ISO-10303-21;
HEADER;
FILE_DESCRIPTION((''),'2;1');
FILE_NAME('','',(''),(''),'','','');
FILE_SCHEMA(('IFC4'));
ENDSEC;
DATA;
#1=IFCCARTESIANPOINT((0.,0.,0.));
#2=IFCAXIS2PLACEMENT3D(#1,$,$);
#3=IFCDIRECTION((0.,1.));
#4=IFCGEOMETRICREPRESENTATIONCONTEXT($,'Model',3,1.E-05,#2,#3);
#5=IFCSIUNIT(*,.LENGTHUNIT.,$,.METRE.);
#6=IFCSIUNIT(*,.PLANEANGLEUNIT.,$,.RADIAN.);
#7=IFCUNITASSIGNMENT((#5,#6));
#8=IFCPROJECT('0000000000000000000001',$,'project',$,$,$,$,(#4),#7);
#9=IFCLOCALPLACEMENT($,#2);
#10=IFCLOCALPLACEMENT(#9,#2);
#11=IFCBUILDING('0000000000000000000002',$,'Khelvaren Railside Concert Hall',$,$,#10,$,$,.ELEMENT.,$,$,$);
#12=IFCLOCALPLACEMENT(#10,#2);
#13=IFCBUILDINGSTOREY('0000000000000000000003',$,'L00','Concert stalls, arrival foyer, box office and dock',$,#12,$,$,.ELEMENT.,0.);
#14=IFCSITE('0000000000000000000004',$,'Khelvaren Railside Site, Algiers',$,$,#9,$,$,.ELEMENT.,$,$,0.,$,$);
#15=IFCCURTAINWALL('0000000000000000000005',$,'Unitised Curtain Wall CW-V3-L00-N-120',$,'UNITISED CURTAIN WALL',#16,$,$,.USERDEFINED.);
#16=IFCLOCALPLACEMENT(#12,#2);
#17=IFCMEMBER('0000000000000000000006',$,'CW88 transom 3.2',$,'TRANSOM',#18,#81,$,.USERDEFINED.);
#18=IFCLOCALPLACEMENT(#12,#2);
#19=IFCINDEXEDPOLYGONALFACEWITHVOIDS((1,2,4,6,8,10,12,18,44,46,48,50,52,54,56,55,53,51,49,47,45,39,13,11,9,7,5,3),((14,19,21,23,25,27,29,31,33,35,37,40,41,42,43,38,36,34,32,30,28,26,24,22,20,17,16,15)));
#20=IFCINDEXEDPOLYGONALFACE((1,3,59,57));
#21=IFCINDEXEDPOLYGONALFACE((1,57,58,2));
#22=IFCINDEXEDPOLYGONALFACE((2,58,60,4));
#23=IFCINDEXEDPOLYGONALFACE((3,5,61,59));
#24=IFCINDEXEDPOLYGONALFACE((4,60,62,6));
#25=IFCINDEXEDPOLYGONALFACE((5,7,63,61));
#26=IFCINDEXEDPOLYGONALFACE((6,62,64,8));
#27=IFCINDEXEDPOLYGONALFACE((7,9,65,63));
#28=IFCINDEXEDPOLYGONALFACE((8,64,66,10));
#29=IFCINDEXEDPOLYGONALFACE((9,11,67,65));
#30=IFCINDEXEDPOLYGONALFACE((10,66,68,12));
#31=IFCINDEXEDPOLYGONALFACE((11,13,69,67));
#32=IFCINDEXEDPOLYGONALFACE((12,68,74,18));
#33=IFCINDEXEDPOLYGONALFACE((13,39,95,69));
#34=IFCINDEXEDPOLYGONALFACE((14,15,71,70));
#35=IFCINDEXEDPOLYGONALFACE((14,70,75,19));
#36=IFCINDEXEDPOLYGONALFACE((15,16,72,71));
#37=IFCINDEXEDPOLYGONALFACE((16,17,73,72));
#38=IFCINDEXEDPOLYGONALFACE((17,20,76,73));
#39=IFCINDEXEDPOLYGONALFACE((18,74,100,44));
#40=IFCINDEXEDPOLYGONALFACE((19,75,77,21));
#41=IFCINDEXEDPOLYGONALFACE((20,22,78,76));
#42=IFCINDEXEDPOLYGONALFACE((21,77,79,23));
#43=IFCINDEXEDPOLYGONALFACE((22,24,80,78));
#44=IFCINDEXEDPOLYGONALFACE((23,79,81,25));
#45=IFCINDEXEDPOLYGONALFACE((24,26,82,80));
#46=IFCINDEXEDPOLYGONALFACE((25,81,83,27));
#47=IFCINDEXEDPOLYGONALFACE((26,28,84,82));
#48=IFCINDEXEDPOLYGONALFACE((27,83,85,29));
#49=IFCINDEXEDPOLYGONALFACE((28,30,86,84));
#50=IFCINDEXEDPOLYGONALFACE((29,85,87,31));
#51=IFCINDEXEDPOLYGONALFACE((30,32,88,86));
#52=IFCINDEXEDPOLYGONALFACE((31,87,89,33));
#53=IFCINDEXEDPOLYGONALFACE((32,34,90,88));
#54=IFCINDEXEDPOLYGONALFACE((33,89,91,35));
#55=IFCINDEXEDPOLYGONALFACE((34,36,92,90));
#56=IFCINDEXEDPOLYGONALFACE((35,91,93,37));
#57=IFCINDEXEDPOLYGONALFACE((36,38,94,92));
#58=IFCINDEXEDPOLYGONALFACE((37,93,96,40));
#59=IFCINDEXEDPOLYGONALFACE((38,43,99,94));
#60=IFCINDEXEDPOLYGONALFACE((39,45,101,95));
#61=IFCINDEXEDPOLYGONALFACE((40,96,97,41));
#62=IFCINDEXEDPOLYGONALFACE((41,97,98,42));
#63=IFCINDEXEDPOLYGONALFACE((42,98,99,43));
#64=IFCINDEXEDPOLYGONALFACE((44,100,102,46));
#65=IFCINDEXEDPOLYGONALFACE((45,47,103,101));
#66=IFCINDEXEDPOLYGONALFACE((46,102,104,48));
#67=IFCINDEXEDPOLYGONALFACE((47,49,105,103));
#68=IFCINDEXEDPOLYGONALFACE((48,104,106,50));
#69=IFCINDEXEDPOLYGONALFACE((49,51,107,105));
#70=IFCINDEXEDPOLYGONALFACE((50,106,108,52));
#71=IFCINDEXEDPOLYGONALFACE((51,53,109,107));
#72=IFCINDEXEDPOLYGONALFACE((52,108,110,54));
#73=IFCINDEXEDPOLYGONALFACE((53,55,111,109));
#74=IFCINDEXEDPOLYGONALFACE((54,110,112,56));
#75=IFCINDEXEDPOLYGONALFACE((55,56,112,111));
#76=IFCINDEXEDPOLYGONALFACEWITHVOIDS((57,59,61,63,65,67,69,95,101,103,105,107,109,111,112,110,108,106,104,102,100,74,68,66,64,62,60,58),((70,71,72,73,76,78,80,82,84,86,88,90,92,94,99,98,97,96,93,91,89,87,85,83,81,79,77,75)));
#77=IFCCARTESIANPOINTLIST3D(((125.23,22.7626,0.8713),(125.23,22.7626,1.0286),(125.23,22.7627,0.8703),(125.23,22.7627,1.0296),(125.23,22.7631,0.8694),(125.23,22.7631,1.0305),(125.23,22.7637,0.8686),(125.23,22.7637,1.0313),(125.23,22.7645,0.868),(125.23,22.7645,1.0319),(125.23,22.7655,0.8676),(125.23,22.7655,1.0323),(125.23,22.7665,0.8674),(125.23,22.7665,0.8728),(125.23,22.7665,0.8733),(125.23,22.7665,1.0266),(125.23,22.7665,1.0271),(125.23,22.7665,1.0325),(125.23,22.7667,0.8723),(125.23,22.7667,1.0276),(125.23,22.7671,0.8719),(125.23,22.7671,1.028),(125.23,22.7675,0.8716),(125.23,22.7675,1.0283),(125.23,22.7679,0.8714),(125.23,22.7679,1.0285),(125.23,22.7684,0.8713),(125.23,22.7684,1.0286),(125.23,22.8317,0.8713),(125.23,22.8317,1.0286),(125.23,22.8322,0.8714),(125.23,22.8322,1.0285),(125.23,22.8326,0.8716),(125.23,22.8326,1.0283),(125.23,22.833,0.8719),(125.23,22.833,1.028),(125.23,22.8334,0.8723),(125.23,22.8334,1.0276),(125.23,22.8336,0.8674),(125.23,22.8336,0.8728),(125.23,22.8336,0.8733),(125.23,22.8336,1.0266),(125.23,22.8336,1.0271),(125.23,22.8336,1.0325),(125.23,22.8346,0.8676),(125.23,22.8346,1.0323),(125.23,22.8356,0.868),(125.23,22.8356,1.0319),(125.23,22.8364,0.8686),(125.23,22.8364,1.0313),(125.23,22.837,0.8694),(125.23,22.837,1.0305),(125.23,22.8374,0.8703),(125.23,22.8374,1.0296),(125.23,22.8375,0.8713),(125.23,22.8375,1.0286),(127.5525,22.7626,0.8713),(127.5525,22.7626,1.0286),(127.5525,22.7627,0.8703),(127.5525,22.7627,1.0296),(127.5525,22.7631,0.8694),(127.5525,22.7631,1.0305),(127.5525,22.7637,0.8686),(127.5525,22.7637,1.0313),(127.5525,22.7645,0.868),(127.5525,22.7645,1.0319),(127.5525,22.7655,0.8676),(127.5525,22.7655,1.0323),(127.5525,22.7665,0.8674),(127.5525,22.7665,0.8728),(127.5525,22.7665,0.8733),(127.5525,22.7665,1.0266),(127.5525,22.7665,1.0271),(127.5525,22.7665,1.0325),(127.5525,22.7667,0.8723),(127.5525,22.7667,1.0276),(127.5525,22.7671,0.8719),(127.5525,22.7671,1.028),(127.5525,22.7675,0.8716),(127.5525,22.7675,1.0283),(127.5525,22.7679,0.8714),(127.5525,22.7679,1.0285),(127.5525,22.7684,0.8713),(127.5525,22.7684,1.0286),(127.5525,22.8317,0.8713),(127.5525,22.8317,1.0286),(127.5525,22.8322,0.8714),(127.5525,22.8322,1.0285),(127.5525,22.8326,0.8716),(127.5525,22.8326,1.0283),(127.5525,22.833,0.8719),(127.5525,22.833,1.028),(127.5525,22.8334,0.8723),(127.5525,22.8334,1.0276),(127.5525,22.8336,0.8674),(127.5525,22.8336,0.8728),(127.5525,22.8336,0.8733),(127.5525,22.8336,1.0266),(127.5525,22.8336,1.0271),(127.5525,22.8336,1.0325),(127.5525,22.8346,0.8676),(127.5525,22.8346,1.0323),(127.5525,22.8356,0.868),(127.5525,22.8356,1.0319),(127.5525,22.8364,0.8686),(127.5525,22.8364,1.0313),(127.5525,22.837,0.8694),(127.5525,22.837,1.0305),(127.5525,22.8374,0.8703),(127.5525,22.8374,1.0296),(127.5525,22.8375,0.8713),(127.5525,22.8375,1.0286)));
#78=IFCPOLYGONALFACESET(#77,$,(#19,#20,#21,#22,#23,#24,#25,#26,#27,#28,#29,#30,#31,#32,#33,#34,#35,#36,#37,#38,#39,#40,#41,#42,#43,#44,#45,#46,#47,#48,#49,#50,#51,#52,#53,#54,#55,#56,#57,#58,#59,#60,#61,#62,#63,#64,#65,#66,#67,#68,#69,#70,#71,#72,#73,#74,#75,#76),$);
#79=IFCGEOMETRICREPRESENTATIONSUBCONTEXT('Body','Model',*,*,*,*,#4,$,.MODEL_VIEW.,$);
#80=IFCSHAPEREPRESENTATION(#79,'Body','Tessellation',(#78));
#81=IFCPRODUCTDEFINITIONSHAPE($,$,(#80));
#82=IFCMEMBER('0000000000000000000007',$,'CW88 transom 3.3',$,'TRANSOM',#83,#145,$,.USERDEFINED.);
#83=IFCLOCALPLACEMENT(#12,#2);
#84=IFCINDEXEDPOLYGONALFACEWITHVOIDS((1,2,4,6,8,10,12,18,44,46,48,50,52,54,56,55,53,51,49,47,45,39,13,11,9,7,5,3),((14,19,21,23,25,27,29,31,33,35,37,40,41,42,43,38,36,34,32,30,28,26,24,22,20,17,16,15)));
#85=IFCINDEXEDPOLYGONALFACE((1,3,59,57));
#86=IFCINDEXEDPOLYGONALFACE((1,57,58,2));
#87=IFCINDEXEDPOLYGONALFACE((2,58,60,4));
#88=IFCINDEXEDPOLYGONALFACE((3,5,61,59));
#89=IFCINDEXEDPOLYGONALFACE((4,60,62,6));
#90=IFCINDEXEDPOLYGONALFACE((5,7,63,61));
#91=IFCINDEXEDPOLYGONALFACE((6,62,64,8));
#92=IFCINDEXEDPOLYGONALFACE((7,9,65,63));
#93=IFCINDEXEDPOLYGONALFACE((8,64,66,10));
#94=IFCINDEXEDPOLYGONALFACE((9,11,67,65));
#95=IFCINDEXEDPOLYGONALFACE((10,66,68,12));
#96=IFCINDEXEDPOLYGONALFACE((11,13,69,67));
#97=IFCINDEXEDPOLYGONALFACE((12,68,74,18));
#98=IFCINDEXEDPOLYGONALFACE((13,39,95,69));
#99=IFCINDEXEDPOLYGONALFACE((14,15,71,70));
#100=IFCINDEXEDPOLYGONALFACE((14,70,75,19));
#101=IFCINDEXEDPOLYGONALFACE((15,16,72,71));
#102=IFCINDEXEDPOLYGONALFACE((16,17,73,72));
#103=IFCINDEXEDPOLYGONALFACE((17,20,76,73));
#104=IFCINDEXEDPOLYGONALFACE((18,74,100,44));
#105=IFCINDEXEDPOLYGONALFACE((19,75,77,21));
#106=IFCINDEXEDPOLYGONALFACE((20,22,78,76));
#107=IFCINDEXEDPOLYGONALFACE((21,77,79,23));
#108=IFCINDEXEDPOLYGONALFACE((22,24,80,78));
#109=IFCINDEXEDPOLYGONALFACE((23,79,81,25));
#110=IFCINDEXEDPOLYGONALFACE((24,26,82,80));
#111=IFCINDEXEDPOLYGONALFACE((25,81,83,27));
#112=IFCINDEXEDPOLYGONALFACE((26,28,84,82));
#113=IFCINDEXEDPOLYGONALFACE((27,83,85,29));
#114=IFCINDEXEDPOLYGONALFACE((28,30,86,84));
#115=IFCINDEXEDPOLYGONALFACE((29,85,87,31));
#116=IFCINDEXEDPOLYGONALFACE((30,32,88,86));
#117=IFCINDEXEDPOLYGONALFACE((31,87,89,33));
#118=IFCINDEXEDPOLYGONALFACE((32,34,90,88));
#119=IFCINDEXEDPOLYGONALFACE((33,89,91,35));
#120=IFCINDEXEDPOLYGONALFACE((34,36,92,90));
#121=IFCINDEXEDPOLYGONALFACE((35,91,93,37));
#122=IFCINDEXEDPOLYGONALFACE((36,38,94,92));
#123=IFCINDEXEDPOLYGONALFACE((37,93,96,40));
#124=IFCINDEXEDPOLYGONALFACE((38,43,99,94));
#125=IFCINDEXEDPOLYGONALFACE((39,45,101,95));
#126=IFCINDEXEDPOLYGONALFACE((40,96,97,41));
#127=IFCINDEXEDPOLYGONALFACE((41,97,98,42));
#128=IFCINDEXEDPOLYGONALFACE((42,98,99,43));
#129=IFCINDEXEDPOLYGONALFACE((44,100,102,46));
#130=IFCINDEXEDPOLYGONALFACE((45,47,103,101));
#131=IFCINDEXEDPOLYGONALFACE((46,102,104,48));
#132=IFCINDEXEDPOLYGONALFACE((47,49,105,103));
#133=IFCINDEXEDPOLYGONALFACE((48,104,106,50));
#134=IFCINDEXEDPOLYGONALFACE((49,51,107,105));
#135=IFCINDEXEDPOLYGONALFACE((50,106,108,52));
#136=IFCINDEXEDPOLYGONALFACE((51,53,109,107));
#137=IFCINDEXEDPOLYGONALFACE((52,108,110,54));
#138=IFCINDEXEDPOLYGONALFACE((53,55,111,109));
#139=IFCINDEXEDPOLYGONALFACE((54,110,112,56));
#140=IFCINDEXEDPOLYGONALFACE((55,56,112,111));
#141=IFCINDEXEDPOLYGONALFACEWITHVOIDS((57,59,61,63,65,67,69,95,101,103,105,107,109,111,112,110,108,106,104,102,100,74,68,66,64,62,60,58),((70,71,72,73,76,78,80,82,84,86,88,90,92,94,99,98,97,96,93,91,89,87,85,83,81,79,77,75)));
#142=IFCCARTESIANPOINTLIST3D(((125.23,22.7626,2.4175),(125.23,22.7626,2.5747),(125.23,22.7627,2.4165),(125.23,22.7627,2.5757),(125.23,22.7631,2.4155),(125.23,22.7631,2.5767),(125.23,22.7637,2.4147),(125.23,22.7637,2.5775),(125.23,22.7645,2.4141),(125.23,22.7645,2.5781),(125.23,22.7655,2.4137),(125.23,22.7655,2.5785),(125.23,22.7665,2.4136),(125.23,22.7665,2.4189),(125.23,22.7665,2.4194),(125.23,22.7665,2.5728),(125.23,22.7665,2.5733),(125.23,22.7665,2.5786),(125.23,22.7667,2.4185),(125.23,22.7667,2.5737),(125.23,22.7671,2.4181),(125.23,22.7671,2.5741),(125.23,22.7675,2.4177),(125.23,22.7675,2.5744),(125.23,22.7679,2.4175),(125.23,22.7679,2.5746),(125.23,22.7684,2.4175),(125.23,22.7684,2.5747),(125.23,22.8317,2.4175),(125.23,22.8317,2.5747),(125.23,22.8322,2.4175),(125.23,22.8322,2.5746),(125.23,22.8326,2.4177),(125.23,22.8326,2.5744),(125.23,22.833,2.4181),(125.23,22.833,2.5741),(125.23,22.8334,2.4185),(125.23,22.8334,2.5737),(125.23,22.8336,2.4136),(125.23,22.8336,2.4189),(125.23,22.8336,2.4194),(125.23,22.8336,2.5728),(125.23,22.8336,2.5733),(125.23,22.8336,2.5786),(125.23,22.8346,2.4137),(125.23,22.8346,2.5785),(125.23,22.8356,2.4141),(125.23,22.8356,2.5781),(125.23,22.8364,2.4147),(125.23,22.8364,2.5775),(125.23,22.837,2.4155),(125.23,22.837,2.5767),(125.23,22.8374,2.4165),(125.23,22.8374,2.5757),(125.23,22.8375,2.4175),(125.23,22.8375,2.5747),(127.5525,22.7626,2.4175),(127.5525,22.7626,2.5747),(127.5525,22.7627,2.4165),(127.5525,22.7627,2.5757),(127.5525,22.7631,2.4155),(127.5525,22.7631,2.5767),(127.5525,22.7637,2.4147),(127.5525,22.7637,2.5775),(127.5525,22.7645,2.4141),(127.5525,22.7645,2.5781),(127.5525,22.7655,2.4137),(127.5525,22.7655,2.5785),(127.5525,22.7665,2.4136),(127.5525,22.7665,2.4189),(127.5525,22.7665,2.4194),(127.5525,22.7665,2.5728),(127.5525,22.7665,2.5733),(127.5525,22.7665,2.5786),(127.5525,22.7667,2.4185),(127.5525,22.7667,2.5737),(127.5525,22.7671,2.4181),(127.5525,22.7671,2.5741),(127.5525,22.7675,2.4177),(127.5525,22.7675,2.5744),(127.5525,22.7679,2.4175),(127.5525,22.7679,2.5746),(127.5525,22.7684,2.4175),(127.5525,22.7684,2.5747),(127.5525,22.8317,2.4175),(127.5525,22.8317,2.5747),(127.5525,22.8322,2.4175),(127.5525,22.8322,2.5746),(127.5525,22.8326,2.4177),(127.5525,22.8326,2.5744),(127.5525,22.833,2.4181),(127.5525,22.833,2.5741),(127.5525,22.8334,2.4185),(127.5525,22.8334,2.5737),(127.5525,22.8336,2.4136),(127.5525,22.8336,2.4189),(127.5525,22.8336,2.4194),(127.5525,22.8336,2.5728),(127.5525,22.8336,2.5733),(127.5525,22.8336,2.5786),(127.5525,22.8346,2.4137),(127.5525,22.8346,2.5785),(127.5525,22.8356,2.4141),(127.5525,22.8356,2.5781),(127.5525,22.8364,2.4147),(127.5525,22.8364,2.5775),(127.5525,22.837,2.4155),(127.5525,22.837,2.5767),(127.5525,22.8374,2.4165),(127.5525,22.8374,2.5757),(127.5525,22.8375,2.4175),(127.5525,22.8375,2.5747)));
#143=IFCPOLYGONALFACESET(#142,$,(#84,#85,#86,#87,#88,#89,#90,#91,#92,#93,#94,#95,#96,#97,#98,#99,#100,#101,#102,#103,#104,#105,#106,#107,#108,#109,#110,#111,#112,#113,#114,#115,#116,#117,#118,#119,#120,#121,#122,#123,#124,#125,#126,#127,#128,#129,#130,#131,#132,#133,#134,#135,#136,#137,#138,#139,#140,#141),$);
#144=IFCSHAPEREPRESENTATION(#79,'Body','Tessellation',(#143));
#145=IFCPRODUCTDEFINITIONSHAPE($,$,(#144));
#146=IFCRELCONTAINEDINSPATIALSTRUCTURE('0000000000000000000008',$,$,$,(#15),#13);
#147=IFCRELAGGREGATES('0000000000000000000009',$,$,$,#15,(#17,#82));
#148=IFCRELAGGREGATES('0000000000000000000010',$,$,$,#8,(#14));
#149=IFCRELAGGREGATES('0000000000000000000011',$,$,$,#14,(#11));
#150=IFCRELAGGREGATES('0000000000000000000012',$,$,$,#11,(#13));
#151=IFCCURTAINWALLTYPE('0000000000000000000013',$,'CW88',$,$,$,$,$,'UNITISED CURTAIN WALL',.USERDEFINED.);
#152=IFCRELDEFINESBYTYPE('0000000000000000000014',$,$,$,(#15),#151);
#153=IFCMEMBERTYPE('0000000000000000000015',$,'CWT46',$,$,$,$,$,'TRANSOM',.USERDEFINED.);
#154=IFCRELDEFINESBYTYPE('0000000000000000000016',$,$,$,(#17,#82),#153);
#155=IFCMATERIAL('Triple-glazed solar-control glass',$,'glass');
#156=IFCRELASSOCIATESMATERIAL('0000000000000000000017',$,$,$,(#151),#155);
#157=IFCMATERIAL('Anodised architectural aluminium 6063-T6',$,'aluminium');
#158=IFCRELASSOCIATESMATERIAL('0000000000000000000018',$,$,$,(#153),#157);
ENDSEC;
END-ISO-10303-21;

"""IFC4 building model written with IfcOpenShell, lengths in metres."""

from ifc_helpers import new_model, si_unit, direction, frame, origin, origin_2d, place, context, subcontext, project, spatial, hollow_rectangle, extrude, material, material_profile, profile_set, type_object, element, aggregate, save


model = new_model("IFC4")

# Units and contexts
model_context = context("Model", 3, precision=1e-05, world=origin(), true_north=direction((0.0, 1.0)))
body_context = subcontext(model_context, "Body", "Model", "MODEL_VIEW")
ifc_project = project(units=[si_unit("LENGTHUNIT", "METRE"), si_unit("PLANEANGLEUNIT", "RADIAN")], contexts=[model_context])

# Site, building, storey
site_placement = place(None, origin())
site = spatial("IfcSite", under=ifc_project, at=site_placement, Name="Khelvaren Railside Site, Algiers", CompositionType="ELEMENT", RefElevation=0.0)
building_placement = place(site_placement, origin())
building = spatial("IfcBuilding", under=site, at=building_placement, Name="Khelvaren Railside Concert Hall", CompositionType="ELEMENT")
storey_placement = place(building_placement, origin())
storey = spatial("IfcBuildingStorey", under=building, at=storey_placement, Name="L00", Description="Concert stalls, arrival foyer, box office and dock", CompositionType="ELEMENT", Elevation=0.0)

# Curtain wall
ifc_material_1 = material(Name="Triple-glazed solar-control glass", Category="glass")
ifc_material_2 = material(Name="Anodised architectural aluminium 6063-T6", Category="aluminium")
curtain_wall_type_1 = type_object("IfcCurtainWallType", Name="CW88", ElementType="UNITISED CURTAIN WALL", PredefinedType="USERDEFINED", material=ifc_material_1)
curtain_wall_1_placement = place(storey_placement, origin())
curtain_wall_1 = element("IfcCurtainWall", 1, at=curtain_wall_1_placement, inside=storey, type_object=curtain_wall_type_1, Name="Unitised Curtain Wall CW-V3-L00-N-120", ObjectType="UNITISED CURTAIN WALL", PredefinedType="USERDEFINED")

# Members
ifc_material_profile_1 = material_profile(ifc_material_2, hollow_rectangle(XDim=0.075, YDim=0.165, WallThickness=0.0039, InnerFilletRadius=0.002, OuterFilletRadius=0.0039, at=origin_2d()), Name="CWT 75x165x4")
ifc_profile_set_1 = profile_set([ifc_material_profile_1], Name="Anodised architectural aluminium 6063-T6")
member_type_1 = type_object("IfcMemberType", Name="CWT46", ElementType="TRANSOM", PredefinedType="USERDEFINED", material=ifc_profile_set_1)
member_1_placement = place(storey_placement, frame((125.23, 22.8, 0.95), z_axis=(1.0, 0.0, 0.0), x_axis=(0.0, 1.0, 0.0)))
member_1 = element("IfcMember", 2, at=member_1_placement, type_object=member_type_1, Name="CW88 transom 3.2", ObjectType="TRANSOM", PredefinedType="USERDEFINED", context=body_context, shape_type="SweptSolid", body=[
    extrude(hollow_rectangle(XDim=0.075, YDim=0.165, WallThickness=0.0039, InnerFilletRadius=0.002, OuterFilletRadius=0.0039, at=origin_2d()), origin(), (0.0, 0.0, 1.0), 2.3225),
])
member_2_placement = place(storey_placement, frame((125.23, 22.8, 2.4961), z_axis=(1.0, 0.0, 0.0), x_axis=(0.0, 1.0, 0.0)))
member_2 = element("IfcMember", 3, at=member_2_placement, type_object=member_type_1, Name="CW88 transom 3.3", ObjectType="TRANSOM", PredefinedType="USERDEFINED", context=body_context, shape_type="SweptSolid", body=[
    extrude(hollow_rectangle(XDim=0.075, YDim=0.165, WallThickness=0.0039, InnerFilletRadius=0.002, OuterFilletRadius=0.0039, at=origin_2d()), origin(), (0.0, 0.0, 1.0), 2.3225),
])

aggregate(curtain_wall_1, [member_1, member_2])

save(model, "model.ifc")
